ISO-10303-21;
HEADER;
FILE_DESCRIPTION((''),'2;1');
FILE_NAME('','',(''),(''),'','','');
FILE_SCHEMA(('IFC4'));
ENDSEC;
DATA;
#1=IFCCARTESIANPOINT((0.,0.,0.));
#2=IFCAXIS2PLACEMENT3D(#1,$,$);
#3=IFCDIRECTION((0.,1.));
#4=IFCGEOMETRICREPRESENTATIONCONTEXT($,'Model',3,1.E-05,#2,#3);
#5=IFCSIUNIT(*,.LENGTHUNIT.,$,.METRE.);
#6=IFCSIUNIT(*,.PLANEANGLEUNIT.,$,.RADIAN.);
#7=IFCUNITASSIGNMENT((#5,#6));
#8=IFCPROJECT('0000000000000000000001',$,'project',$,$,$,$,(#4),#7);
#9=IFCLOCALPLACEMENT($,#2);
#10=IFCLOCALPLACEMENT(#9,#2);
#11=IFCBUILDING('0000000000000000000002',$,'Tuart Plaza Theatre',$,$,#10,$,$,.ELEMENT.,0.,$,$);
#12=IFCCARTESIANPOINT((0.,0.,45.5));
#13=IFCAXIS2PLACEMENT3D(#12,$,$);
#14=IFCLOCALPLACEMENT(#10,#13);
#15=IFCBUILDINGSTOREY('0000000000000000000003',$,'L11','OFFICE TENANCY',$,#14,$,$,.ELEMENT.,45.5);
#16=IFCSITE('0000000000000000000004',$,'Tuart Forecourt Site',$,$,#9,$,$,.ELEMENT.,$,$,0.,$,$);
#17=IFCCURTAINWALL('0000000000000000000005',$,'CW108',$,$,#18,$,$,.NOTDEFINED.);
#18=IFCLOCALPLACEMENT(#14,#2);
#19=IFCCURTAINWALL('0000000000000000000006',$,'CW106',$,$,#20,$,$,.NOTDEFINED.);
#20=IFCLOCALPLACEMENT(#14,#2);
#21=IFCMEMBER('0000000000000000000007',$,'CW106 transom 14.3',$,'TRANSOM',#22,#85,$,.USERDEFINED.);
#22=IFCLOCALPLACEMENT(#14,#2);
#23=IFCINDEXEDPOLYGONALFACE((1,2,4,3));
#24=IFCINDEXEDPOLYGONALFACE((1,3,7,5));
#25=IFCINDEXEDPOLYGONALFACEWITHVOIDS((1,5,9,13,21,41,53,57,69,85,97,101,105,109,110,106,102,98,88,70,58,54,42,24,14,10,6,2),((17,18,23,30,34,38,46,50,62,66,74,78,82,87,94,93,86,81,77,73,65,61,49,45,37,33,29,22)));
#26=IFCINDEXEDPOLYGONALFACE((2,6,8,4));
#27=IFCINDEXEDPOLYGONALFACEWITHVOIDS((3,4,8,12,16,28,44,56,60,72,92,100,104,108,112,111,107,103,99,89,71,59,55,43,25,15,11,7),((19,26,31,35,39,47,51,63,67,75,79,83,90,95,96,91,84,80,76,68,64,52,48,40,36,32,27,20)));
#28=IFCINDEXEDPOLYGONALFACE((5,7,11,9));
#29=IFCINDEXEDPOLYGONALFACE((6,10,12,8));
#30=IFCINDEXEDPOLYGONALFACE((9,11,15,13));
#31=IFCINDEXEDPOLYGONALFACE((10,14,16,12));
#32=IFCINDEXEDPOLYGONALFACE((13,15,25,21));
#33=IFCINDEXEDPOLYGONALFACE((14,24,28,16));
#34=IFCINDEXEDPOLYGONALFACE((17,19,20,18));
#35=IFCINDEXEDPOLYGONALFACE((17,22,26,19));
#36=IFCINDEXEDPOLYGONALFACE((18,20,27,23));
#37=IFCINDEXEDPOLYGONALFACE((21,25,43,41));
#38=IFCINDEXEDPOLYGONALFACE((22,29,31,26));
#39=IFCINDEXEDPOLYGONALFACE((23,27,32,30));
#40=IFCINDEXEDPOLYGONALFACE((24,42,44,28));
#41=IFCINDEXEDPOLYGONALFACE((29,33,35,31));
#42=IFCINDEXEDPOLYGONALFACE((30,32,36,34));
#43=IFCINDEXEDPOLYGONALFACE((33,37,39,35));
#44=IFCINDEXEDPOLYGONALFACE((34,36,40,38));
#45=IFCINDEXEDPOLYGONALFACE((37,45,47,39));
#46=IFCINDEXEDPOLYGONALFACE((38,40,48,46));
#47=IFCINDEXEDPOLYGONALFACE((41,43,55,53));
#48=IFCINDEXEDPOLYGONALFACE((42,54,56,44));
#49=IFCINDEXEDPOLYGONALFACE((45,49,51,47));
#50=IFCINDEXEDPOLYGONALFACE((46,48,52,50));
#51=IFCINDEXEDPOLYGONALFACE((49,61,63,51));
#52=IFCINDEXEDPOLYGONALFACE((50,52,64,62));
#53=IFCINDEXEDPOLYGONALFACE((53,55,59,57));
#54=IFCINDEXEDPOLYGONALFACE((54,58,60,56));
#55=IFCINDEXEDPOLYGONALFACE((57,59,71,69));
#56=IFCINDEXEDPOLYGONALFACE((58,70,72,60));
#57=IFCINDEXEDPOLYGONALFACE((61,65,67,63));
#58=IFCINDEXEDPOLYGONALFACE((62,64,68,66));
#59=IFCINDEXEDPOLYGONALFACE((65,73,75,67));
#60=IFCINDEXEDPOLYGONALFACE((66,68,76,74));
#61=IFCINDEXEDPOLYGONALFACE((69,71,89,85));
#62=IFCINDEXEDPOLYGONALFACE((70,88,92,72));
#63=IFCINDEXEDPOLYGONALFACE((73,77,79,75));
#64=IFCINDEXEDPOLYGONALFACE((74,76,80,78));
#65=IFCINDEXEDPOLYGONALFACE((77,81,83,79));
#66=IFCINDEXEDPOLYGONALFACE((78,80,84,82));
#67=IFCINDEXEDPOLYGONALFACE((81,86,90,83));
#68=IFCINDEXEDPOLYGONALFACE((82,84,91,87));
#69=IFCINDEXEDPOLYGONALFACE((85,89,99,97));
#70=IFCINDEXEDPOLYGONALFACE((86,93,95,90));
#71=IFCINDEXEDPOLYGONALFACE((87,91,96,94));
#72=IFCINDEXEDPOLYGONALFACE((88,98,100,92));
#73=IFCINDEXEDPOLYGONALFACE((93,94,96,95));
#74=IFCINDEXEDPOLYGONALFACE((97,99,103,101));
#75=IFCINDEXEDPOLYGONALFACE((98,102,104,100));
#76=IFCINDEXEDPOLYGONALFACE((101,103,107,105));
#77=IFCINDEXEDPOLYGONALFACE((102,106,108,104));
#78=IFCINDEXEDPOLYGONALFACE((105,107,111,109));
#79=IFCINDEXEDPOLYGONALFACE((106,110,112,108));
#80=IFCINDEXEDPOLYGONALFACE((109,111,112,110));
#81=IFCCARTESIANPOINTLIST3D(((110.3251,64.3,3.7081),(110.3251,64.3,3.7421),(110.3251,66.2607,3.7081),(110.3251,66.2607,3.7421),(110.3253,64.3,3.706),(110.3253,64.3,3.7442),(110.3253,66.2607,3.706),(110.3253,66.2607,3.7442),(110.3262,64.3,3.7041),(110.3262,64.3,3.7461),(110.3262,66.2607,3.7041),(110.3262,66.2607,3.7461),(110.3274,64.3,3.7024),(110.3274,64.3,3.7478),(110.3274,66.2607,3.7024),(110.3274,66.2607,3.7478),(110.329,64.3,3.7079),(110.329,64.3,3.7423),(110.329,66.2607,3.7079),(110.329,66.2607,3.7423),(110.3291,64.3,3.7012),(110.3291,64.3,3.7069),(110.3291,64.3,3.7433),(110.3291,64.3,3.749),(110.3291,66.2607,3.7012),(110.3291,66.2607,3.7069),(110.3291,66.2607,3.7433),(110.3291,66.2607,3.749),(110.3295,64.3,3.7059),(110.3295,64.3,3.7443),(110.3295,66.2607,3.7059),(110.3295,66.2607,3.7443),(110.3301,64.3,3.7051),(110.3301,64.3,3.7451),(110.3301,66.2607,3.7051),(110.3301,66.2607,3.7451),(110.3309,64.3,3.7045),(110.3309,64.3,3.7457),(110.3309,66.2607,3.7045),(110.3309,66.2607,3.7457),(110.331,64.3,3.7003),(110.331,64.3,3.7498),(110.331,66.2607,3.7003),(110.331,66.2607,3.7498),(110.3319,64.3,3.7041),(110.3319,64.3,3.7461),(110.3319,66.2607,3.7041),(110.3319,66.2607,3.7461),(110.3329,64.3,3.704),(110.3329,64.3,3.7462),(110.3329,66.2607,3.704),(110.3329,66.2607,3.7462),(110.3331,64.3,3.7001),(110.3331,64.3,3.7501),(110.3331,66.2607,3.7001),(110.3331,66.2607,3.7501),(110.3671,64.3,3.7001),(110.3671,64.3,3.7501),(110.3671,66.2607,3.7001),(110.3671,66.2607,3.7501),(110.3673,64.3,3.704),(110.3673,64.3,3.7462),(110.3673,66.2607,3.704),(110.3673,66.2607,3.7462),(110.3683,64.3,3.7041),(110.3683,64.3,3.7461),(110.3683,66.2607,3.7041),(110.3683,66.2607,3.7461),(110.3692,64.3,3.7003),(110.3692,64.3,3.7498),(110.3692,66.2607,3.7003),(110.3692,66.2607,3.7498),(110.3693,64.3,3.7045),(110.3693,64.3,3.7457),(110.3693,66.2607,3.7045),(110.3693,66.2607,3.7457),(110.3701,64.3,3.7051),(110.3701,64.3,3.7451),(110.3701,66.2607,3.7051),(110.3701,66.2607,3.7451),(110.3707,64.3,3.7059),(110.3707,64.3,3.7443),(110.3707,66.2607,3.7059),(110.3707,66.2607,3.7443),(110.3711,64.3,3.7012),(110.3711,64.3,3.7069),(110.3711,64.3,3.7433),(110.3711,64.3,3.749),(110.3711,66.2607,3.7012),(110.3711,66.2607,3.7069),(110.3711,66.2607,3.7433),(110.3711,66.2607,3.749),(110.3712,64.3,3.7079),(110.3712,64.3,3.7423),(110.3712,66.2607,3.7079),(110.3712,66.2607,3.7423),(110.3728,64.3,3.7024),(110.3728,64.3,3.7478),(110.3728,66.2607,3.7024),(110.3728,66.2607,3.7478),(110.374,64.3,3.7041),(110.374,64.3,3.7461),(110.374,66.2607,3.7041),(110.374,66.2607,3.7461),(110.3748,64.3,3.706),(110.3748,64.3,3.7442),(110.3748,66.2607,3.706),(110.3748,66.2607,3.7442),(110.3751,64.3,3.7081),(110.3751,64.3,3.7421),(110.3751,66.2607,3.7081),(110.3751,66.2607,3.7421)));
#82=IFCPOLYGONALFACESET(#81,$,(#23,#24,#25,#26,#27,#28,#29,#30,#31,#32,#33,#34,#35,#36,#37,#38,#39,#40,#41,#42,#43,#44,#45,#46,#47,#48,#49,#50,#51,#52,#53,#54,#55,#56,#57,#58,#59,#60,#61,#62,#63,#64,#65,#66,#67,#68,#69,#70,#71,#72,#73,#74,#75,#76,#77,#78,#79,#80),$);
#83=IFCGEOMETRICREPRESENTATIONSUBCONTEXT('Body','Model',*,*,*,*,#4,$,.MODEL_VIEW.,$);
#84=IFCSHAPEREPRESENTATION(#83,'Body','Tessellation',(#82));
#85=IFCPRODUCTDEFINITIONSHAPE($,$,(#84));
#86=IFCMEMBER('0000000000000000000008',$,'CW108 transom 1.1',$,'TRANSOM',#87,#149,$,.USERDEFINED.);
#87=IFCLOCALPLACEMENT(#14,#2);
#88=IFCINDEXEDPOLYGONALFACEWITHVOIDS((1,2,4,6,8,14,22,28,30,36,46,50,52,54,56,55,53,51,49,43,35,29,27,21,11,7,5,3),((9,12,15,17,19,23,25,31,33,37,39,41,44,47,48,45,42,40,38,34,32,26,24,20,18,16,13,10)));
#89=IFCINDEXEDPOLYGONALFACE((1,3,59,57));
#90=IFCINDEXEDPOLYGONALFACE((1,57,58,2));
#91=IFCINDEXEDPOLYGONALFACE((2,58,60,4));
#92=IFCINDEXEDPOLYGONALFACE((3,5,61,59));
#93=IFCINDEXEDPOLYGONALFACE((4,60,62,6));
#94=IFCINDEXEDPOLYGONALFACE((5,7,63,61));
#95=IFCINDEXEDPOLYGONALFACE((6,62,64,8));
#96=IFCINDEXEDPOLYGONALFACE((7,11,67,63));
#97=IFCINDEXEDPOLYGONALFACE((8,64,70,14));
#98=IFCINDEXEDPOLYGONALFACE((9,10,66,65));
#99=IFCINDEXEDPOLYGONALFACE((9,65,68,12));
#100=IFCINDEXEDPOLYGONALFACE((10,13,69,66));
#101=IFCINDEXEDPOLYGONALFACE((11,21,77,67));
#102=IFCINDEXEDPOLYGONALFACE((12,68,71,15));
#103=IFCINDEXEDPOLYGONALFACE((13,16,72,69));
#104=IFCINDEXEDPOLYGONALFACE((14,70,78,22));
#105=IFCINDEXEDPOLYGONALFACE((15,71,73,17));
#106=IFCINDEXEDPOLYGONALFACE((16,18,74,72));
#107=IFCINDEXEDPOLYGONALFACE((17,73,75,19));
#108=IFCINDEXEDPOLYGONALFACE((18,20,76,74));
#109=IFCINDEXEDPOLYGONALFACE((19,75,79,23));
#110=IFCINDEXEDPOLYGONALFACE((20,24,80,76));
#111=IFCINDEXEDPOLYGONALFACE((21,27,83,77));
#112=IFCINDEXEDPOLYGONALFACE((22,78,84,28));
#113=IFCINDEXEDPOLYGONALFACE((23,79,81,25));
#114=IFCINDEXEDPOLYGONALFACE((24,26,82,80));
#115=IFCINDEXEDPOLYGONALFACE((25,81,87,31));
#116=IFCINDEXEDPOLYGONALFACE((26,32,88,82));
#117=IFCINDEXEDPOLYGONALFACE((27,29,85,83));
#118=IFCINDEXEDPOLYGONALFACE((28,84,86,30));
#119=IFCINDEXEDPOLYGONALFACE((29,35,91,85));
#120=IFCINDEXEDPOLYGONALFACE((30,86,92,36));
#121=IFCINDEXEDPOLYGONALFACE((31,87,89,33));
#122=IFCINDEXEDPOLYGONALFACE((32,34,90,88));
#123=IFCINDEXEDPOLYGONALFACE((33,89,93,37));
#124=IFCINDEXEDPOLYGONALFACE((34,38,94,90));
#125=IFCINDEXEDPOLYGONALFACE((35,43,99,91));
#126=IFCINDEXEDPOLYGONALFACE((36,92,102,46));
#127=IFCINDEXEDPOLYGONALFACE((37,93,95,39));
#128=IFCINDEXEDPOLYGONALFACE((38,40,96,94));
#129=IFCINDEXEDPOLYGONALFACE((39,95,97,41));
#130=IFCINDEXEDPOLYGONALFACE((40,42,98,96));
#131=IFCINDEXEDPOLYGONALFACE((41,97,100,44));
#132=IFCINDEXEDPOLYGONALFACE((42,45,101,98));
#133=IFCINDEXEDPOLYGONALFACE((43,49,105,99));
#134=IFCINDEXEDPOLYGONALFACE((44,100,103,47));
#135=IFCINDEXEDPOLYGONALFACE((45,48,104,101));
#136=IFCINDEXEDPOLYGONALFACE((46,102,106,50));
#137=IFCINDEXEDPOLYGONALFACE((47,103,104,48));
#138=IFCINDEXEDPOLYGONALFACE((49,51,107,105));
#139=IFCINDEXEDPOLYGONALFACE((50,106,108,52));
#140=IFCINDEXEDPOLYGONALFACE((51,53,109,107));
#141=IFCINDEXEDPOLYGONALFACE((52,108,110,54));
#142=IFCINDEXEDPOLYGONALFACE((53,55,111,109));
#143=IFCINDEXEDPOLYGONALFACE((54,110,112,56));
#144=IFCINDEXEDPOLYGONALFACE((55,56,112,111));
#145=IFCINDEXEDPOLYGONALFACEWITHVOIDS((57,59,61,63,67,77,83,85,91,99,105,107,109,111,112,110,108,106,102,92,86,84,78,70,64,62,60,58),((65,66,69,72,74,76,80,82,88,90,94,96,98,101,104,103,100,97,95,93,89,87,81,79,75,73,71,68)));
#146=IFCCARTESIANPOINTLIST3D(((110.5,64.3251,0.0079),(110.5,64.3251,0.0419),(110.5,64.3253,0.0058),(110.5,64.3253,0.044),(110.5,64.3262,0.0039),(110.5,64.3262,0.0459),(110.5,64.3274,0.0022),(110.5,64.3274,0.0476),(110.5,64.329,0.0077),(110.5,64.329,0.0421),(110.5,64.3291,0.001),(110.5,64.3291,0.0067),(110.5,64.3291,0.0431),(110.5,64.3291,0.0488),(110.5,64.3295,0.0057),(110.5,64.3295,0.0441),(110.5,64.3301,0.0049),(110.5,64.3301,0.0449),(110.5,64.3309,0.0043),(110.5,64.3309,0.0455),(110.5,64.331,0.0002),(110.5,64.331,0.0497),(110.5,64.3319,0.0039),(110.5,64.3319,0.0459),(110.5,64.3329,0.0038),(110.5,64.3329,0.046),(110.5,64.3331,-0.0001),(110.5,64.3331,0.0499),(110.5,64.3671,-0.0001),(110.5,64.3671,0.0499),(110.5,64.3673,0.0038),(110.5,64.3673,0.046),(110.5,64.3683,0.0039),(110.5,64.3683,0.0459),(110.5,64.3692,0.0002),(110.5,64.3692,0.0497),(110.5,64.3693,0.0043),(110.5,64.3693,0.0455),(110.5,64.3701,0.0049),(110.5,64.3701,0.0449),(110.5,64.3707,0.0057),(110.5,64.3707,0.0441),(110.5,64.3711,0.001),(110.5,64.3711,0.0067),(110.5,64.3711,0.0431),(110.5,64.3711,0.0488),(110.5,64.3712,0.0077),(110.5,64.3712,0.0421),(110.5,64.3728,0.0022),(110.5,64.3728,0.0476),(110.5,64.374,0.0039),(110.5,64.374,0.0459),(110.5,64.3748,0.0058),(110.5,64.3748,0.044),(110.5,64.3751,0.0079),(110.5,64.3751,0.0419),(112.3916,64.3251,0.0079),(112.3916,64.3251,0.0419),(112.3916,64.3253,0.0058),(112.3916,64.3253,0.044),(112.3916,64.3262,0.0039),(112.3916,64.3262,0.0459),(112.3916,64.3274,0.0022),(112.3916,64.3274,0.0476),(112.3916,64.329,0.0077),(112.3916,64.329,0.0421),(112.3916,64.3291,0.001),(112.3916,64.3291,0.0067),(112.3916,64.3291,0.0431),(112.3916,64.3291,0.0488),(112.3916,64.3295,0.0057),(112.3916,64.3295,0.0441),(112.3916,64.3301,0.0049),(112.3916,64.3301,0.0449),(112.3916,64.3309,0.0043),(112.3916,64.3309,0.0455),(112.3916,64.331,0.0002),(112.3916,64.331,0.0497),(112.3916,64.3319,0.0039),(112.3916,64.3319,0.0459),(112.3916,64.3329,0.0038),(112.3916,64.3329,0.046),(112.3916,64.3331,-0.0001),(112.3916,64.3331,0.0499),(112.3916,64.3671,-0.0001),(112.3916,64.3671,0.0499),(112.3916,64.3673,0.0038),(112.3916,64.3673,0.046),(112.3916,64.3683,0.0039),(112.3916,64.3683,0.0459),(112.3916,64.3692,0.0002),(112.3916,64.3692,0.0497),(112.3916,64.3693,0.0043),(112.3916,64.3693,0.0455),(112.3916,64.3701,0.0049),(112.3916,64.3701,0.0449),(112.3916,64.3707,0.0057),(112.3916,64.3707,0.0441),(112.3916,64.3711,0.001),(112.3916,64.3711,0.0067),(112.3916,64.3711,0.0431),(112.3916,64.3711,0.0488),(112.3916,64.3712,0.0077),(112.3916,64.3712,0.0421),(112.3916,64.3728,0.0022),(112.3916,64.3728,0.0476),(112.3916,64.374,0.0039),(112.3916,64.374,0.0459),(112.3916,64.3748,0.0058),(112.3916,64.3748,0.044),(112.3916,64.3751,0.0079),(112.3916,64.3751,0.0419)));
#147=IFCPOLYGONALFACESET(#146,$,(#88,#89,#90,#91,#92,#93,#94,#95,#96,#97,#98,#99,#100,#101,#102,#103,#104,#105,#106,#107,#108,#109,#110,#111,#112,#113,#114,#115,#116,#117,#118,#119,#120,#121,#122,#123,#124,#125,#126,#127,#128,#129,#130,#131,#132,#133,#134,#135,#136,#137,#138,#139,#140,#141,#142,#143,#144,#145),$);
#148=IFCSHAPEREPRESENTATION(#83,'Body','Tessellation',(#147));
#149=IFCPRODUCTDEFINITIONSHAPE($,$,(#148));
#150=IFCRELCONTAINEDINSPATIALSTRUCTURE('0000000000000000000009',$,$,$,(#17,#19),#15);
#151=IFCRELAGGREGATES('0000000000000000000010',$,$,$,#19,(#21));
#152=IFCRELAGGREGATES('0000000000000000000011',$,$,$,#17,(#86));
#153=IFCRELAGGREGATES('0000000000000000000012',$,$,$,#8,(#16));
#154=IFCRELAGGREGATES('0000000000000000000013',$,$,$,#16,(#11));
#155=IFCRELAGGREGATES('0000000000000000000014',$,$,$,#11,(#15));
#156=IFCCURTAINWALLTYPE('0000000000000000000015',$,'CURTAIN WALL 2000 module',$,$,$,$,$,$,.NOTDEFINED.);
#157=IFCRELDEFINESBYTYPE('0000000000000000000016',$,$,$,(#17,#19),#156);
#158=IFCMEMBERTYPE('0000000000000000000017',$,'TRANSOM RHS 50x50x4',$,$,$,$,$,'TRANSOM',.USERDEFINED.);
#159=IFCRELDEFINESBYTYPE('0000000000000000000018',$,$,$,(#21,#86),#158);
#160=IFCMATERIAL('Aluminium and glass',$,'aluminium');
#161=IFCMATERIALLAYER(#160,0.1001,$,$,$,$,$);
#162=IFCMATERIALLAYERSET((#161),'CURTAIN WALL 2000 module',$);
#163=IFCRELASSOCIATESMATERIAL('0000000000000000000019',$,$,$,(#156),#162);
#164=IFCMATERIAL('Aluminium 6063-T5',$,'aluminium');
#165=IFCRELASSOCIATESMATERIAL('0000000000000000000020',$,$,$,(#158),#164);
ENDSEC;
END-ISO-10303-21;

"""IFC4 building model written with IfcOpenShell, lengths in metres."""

from ifc_helpers import new_model, si_unit, direction, frame, origin, origin_2d, place, context, subcontext, project, spatial, hollow_rectangle, extrude, material, layer, layer_set, material_profile, profile_set, type_object, element, aggregate, save


model = new_model("IFC4")

# Units and contexts
model_context = context("Model", 3, precision=1e-05, world=origin(), true_north=direction((0.0, 1.0)))
body_context = subcontext(model_context, "Body", "Model", "MODEL_VIEW")
ifc_project = project(units=[si_unit("LENGTHUNIT", "METRE"), si_unit("PLANEANGLEUNIT", "RADIAN")], contexts=[model_context])

# Site, building, storey
site_placement = place(None, origin())
site = spatial("IfcSite", under=ifc_project, at=site_placement, Name="Tuart Forecourt Site", CompositionType="ELEMENT", RefElevation=0.0)
building_placement = place(site_placement, origin())
building = spatial("IfcBuilding", under=site, at=building_placement, Name="Tuart Plaza Theatre", CompositionType="ELEMENT", ElevationOfRefHeight=0.0)
storey_placement = place(building_placement, frame((0.0, 0.0, 45.5)))
storey = spatial("IfcBuildingStorey", under=building, at=storey_placement, Name="L11", Description="OFFICE TENANCY", CompositionType="ELEMENT", Elevation=45.5)

# Curtain walls, member
ifc_material_1 = material(Name="Aluminium and glass", Category="aluminium")
ifc_layer_1 = layer(ifc_material_1, 0.1001)
ifc_layer_set_1 = layer_set([ifc_layer_1], Name="CURTAIN WALL 2000 module")
curtain_wall_type = type_object("IfcCurtainWallType", Name="CURTAIN WALL 2000 module", PredefinedType="NOTDEFINED", material=ifc_layer_set_1)
curtain_wall_1_placement = place(storey_placement, origin())
curtain_wall_1 = element("IfcCurtainWall", 1, at=curtain_wall_1_placement, inside=storey, type_object=curtain_wall_type, Name="CW108", PredefinedType="NOTDEFINED")
curtain_wall_2_placement = place(storey_placement, origin())
curtain_wall_2 = element("IfcCurtainWall", 2, at=curtain_wall_2_placement, inside=storey, type_object=curtain_wall_type, Name="CW106", PredefinedType="NOTDEFINED")
ifc_material_2 = material(Name="Aluminium 6063-T5", Category="aluminium")
ifc_material_profile_1 = material_profile(ifc_material_2, hollow_rectangle(XDim=0.05, YDim=0.05, WallThickness=0.0039, InnerFilletRadius=0.0039, OuterFilletRadius=0.0081, at=origin_2d()), Name="RHS 50x50x4")
ifc_profile_set_1 = profile_set([ifc_material_profile_1], Name="Aluminium 6063-T5")
member_type_1 = type_object("IfcMemberType", Name="TRANSOM RHS 50x50x4", ElementType="TRANSOM", PredefinedType="USERDEFINED", material=ifc_profile_set_1)
member_1_placement = place(storey_placement, frame((110.3501, 66.2607, 3.7251), z_axis=(0.0, -1.0, 0.0), x_axis=(1.0, 0.0, 0.0)))
member_1 = element("IfcMember", 3, at=member_1_placement, type_object=member_type_1, Name="CW106 transom 14.3", ObjectType="TRANSOM", PredefinedType="USERDEFINED", context=body_context, shape_type="SweptSolid", body=[
    extrude(hollow_rectangle(XDim=0.05, YDim=0.05, WallThickness=0.0039, InnerFilletRadius=0.0039, OuterFilletRadius=0.0081, at=origin_2d()), origin(), (0.0, 0.0, 1.0), 1.9607),
])

# Member
member_2_placement = place(storey_placement, frame((110.5, 64.3501, 0.0249), z_axis=(1.0, 0.0, 0.0), x_axis=(0.0, 1.0, 0.0)))
member_2 = element("IfcMember", 4, at=member_2_placement, type_object=member_type_1, Name="CW108 transom 1.1", ObjectType="TRANSOM", PredefinedType="USERDEFINED", context=body_context, shape_type="SweptSolid", body=[
    extrude(hollow_rectangle(XDim=0.05, YDim=0.05, WallThickness=0.0039, InnerFilletRadius=0.0039, OuterFilletRadius=0.0081, at=origin_2d()), origin(), (0.0, 0.0, 1.0), 1.8916),
])

aggregate(curtain_wall_2, [member_1])
aggregate(curtain_wall_1, [member_2])

save(model, "model.ifc")
